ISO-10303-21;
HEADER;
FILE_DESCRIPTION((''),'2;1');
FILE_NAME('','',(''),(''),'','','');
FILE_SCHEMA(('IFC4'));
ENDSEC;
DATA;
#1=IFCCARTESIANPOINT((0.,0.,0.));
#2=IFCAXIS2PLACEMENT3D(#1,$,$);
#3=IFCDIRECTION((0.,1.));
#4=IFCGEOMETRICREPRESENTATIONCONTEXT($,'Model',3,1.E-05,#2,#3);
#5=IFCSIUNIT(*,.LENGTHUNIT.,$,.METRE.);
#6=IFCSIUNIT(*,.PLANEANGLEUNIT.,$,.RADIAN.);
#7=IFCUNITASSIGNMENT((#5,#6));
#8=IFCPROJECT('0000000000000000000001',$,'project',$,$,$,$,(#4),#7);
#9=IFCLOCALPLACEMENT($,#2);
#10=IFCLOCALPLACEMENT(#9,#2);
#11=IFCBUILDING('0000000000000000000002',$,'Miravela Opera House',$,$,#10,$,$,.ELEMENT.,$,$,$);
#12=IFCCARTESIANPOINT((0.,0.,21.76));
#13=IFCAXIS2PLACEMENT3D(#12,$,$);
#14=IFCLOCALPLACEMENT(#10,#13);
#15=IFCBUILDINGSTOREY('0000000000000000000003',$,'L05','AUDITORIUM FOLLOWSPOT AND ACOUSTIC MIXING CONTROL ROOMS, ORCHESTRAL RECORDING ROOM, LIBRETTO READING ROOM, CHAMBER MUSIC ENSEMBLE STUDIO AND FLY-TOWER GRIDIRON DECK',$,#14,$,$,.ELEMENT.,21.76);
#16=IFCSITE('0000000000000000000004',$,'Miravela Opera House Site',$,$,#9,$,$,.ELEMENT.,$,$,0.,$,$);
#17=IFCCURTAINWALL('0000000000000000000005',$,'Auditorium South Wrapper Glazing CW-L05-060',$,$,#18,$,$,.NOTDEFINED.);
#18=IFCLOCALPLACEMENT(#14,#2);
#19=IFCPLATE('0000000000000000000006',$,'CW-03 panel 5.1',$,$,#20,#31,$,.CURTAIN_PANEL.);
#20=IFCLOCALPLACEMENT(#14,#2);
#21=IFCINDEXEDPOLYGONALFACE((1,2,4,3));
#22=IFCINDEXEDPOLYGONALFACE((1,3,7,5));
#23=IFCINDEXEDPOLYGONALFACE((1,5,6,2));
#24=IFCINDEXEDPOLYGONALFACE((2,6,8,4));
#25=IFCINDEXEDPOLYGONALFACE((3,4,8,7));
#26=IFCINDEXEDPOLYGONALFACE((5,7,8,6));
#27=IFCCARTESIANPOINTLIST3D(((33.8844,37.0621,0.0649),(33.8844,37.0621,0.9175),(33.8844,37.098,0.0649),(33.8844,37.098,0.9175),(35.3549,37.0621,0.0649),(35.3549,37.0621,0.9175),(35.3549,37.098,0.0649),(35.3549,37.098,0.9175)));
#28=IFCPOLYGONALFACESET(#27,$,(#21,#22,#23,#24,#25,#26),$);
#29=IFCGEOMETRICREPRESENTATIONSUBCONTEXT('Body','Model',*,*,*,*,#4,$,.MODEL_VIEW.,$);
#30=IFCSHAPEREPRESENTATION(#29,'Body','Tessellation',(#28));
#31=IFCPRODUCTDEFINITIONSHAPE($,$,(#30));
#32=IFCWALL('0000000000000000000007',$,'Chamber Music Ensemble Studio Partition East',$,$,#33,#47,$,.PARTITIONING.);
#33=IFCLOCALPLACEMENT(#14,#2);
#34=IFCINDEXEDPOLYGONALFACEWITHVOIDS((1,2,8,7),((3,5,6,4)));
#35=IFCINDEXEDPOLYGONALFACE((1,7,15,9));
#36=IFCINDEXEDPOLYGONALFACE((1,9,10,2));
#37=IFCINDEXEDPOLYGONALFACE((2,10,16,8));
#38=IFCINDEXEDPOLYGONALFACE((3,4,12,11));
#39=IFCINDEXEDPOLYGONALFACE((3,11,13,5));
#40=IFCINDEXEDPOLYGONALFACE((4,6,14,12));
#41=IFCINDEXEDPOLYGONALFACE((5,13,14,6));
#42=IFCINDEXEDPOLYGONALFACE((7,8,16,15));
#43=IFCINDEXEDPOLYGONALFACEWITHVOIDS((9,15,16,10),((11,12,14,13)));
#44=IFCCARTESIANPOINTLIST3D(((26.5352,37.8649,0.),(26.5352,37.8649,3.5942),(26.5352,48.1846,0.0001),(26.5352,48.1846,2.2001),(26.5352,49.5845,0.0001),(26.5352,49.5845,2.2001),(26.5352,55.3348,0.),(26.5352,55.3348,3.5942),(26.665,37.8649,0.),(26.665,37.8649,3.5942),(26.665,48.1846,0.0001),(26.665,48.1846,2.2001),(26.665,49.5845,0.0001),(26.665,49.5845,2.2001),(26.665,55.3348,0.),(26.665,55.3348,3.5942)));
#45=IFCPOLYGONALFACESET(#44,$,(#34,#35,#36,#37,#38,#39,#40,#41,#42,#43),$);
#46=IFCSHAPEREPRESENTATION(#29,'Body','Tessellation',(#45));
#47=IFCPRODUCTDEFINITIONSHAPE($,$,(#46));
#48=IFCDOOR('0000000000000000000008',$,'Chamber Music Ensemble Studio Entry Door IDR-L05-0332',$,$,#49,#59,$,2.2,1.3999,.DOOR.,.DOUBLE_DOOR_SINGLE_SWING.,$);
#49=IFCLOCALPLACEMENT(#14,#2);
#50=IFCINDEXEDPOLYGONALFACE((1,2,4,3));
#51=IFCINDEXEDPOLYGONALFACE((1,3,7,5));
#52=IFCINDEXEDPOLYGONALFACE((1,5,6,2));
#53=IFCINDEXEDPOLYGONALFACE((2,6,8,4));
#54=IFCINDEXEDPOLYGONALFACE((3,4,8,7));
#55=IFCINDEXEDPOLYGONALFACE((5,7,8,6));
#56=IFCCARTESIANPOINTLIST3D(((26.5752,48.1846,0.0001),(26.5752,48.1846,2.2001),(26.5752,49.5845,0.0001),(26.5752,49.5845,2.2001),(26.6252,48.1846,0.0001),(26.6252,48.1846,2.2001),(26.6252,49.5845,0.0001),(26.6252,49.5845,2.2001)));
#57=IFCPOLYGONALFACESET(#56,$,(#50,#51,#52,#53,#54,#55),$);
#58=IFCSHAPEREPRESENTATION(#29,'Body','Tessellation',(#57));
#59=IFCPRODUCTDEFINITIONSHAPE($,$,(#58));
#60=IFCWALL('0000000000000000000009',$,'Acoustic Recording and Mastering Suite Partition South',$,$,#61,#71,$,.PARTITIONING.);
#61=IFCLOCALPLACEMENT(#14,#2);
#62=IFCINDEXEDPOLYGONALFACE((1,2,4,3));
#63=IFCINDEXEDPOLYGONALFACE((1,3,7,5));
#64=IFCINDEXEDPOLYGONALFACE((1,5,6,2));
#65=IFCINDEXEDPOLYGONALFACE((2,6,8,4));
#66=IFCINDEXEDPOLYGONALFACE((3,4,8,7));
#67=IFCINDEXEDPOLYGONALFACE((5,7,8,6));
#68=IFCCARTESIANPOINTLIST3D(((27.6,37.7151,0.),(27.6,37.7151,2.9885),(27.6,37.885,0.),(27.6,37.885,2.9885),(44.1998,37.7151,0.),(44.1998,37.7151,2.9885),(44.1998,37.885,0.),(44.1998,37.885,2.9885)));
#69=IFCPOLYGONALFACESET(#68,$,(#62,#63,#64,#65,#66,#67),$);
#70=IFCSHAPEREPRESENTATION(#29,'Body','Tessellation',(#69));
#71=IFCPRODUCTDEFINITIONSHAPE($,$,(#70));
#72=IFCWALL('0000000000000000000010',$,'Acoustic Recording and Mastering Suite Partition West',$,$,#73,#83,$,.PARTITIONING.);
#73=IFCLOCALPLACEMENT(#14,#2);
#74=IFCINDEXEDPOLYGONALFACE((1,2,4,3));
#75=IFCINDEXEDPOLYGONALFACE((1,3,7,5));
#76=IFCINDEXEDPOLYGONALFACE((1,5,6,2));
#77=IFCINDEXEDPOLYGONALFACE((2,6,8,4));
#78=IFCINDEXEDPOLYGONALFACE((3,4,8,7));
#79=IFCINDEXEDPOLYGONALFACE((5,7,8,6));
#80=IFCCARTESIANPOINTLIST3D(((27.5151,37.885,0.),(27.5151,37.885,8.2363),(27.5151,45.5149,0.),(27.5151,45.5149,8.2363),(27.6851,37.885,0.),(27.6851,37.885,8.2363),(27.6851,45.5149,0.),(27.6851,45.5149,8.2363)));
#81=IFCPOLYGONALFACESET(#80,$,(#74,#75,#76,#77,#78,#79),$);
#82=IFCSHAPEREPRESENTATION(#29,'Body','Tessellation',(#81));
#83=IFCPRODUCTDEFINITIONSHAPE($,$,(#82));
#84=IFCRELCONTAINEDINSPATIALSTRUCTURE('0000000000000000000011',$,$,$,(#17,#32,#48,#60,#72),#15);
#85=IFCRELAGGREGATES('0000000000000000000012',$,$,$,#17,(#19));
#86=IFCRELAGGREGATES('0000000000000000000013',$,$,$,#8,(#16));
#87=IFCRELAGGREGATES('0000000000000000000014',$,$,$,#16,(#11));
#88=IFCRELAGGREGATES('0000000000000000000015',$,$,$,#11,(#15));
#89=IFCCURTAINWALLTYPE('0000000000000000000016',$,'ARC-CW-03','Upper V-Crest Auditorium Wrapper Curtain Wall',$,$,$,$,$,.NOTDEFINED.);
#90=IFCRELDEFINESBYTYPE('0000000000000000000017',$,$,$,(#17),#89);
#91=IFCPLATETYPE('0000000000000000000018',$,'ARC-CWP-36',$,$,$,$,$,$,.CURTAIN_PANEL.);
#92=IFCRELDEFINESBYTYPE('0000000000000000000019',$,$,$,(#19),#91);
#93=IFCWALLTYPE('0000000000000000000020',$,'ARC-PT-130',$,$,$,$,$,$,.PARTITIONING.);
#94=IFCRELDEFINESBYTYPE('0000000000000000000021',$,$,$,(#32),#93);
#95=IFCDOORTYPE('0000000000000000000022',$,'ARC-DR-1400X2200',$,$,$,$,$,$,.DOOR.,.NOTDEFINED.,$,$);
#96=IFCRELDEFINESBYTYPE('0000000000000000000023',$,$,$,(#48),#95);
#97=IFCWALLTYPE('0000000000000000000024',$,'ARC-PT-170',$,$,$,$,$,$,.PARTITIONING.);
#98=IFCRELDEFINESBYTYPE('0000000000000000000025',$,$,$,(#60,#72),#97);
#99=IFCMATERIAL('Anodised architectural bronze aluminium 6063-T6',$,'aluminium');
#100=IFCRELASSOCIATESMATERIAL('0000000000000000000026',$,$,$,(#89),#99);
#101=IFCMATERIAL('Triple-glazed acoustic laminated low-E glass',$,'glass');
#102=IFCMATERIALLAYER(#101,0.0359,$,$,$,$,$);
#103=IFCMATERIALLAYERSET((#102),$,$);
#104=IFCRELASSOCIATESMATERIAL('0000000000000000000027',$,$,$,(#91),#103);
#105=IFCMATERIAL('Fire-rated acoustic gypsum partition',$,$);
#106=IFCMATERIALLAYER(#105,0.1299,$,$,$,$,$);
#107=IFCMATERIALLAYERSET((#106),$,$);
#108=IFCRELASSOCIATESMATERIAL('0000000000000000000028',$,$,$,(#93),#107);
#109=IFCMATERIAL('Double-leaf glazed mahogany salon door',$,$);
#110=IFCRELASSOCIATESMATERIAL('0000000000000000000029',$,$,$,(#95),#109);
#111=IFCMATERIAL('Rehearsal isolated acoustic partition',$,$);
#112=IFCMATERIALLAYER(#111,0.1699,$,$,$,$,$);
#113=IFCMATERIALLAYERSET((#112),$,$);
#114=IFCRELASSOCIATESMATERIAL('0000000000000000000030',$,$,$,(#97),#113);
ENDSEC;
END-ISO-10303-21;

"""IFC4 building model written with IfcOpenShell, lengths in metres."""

from ifc_helpers import new_model, si_unit, direction, frame, frame_2d, origin, origin_2d, place, context, subcontext, project, spatial, rectangle, extrude, material, layer, layer_set, type_object, element, fill, aggregate, save


model = new_model("IFC4")

# Units and contexts
model_context = context("Model", 3, precision=1e-05, world=origin(), true_north=direction((0.0, 1.0)))
body_context = subcontext(model_context, "Body", "Model", "MODEL_VIEW")
ifc_project = project(units=[si_unit("LENGTHUNIT", "METRE"), si_unit("PLANEANGLEUNIT", "RADIAN")], contexts=[model_context])

# Site, building, storey
site_placement = place(None, origin())
site = spatial("IfcSite", under=ifc_project, at=site_placement, Name="Miravela Opera House Site", CompositionType="ELEMENT", RefElevation=0.0)
building_placement = place(site_placement, origin())
building = spatial("IfcBuilding", under=site, at=building_placement, Name="Miravela Opera House", CompositionType="ELEMENT")
storey_placement = place(building_placement, frame((0.0, 0.0, 21.76)))
storey = spatial("IfcBuildingStorey", under=building, at=storey_placement, Name="L05", Description="AUDITORIUM FOLLOWSPOT AND ACOUSTIC MIXING CONTROL ROOMS, ORCHESTRAL RECORDING ROOM, LIBRETTO READING ROOM, CHAMBER MUSIC ENSEMBLE STUDIO AND FLY-TOWER GRIDIRON DECK", CompositionType="ELEMENT", Elevation=21.76)

# Curtain wall, plate
ifc_material_1 = material(Name="Anodised architectural bronze aluminium 6063-T6", Category="aluminium")
curtain_wall_type = type_object("IfcCurtainWallType", Name="ARC-CW-03", Description="Upper V-Crest Auditorium Wrapper Curtain Wall", PredefinedType="NOTDEFINED", material=ifc_material_1)
curtain_wall_placement = place(storey_placement, origin())
curtain_wall = element("IfcCurtainWall", 1, at=curtain_wall_placement, inside=storey, type_object=curtain_wall_type, Name="Auditorium South Wrapper Glazing CW-L05-060", PredefinedType="NOTDEFINED")
ifc_material_2 = material(Name="Triple-glazed acoustic laminated low-E glass", Category="glass")
ifc_layer_1 = layer(ifc_material_2, 0.0359)
ifc_layer_set_1 = layer_set([ifc_layer_1])
plate_type = type_object("IfcPlateType", Name="ARC-CWP-36", PredefinedType="CURTAIN_PANEL", material=ifc_layer_set_1)
plate_1_placement = place(storey_placement, frame((34.6196, 37.0801, 0.0649), z_axis=(0.0, 0.0, 1.0), x_axis=(1.0, 0.0, 0.0)))
plate_1 = element("IfcPlate", 2, at=plate_1_placement, type_object=plate_type, Name="CW-03 panel 5.1", PredefinedType="CURTAIN_PANEL", context=body_context, shape_type="SweptSolid", body=[
    extrude(rectangle(XDim=1.4705, YDim=0.0359, at=origin_2d()), origin(), (0.0, 0.0, 1.0), 0.8525),
])
aggregate(curtain_wall, [plate_1])

# Wall, opening, door
ifc_material_3 = material(Name="Fire-rated acoustic gypsum partition")
ifc_layer_2 = layer(ifc_material_3, 0.1299)
ifc_layer_set_2 = layer_set([ifc_layer_2])
wall_type_1 = type_object("IfcWallType", Name="ARC-PT-130", PredefinedType="PARTITIONING", material=ifc_layer_set_2)
wall_1_placement = place(storey_placement, frame((26.6001, 37.865, 0.0), z_axis=(0.0, 0.0, 1.0), x_axis=(0.0, 1.0, 0.0)))
wall_1 = element("IfcWall", 3, at=wall_1_placement, inside=storey, type_object=wall_type_1, Name="Chamber Music Ensemble Studio Partition East", PredefinedType="PARTITIONING", context=body_context, shape_type="SweptSolid", body=[
    extrude(rectangle(XDim=17.47, YDim=0.1299, at=frame_2d((8.7349, 0.0))), origin(), (0.0, 0.0, 1.0), 3.5942),
])
opening_placement = place(wall_1_placement, frame((10.3196, 0.0, 0.0)))
opening = element("IfcOpeningElement", 4, at=opening_placement, cuts=wall_1, PredefinedType="OPENING", context=body_context, shape_type="SweptSolid", body=[
    extrude(rectangle(XDim=1.3999, YDim=2.2, at=frame_2d((0.7, 1.1001))), frame((0.0, 0.075, 0.0), z_axis=(0.0, -1.0, 0.0), x_axis=(1.0, 0.0, 0.0)), (0.0, 0.0, 1.0), 0.1499),
])
ifc_material_4 = material(Name="Double-leaf glazed mahogany salon door")
door_type = type_object("IfcDoorType", Name="ARC-DR-1400X2200", OperationType="NOTDEFINED", PredefinedType="DOOR", material=ifc_material_4)
door_placement = place(opening_placement, origin())
door = element("IfcDoor", 5, at=door_placement, inside=storey, type_object=door_type, Name="Chamber Music Ensemble Studio Entry Door IDR-L05-0332", OperationType="DOUBLE_DOOR_SINGLE_SWING", OverallHeight=2.2, OverallWidth=1.3999, PredefinedType="DOOR", context=body_context, shape_type="SweptSolid", body=[
    extrude(rectangle(XDim=1.3999, YDim=2.2, at=frame_2d((0.7, 1.1001))), frame((0.0, 0.0249, 0.0), z_axis=(0.0, -1.0, 0.0), x_axis=(1.0, 0.0, 0.0)), (0.0, 0.0, 1.0), 0.05),
])
fill(opening, door)

# Walls
ifc_material_5 = material(Name="Rehearsal isolated acoustic partition")
ifc_layer_3 = layer(ifc_material_5, 0.1699)
ifc_layer_set_3 = layer_set([ifc_layer_3])
wall_type_2 = type_object("IfcWallType", Name="ARC-PT-170", PredefinedType="PARTITIONING", material=ifc_layer_set_3)
wall_2_placement = place(storey_placement, frame((27.6001, 37.8, 0.0), z_axis=(0.0, 0.0, 1.0), x_axis=(1.0, 0.0, 0.0)))
element("IfcWall", 6, at=wall_2_placement, inside=storey, type_object=wall_type_2, Name="Acoustic Recording and Mastering Suite Partition South", PredefinedType="PARTITIONING", context=body_context, shape_type="SweptSolid", body=[
    extrude(rectangle(XDim=16.5999, YDim=0.1699, at=frame_2d((8.2998, 0.0))), origin(), (0.0, 0.0, 1.0), 2.9885),
])
wall_3_placement = place(storey_placement, frame((27.6001, 37.885, 0.0), z_axis=(0.0, 0.0, 1.0), x_axis=(0.0, 1.0, 0.0)))
element("IfcWall", 7, at=wall_3_placement, inside=storey, type_object=wall_type_2, Name="Acoustic Recording and Mastering Suite Partition West", PredefinedType="PARTITIONING", context=body_context, shape_type="SweptSolid", body=[
    extrude(rectangle(XDim=7.6299, YDim=0.1699, at=frame_2d((3.8149, 0.0))), origin(), (0.0, 0.0, 1.0), 8.2363),
])

save(model, "model.ifc")
